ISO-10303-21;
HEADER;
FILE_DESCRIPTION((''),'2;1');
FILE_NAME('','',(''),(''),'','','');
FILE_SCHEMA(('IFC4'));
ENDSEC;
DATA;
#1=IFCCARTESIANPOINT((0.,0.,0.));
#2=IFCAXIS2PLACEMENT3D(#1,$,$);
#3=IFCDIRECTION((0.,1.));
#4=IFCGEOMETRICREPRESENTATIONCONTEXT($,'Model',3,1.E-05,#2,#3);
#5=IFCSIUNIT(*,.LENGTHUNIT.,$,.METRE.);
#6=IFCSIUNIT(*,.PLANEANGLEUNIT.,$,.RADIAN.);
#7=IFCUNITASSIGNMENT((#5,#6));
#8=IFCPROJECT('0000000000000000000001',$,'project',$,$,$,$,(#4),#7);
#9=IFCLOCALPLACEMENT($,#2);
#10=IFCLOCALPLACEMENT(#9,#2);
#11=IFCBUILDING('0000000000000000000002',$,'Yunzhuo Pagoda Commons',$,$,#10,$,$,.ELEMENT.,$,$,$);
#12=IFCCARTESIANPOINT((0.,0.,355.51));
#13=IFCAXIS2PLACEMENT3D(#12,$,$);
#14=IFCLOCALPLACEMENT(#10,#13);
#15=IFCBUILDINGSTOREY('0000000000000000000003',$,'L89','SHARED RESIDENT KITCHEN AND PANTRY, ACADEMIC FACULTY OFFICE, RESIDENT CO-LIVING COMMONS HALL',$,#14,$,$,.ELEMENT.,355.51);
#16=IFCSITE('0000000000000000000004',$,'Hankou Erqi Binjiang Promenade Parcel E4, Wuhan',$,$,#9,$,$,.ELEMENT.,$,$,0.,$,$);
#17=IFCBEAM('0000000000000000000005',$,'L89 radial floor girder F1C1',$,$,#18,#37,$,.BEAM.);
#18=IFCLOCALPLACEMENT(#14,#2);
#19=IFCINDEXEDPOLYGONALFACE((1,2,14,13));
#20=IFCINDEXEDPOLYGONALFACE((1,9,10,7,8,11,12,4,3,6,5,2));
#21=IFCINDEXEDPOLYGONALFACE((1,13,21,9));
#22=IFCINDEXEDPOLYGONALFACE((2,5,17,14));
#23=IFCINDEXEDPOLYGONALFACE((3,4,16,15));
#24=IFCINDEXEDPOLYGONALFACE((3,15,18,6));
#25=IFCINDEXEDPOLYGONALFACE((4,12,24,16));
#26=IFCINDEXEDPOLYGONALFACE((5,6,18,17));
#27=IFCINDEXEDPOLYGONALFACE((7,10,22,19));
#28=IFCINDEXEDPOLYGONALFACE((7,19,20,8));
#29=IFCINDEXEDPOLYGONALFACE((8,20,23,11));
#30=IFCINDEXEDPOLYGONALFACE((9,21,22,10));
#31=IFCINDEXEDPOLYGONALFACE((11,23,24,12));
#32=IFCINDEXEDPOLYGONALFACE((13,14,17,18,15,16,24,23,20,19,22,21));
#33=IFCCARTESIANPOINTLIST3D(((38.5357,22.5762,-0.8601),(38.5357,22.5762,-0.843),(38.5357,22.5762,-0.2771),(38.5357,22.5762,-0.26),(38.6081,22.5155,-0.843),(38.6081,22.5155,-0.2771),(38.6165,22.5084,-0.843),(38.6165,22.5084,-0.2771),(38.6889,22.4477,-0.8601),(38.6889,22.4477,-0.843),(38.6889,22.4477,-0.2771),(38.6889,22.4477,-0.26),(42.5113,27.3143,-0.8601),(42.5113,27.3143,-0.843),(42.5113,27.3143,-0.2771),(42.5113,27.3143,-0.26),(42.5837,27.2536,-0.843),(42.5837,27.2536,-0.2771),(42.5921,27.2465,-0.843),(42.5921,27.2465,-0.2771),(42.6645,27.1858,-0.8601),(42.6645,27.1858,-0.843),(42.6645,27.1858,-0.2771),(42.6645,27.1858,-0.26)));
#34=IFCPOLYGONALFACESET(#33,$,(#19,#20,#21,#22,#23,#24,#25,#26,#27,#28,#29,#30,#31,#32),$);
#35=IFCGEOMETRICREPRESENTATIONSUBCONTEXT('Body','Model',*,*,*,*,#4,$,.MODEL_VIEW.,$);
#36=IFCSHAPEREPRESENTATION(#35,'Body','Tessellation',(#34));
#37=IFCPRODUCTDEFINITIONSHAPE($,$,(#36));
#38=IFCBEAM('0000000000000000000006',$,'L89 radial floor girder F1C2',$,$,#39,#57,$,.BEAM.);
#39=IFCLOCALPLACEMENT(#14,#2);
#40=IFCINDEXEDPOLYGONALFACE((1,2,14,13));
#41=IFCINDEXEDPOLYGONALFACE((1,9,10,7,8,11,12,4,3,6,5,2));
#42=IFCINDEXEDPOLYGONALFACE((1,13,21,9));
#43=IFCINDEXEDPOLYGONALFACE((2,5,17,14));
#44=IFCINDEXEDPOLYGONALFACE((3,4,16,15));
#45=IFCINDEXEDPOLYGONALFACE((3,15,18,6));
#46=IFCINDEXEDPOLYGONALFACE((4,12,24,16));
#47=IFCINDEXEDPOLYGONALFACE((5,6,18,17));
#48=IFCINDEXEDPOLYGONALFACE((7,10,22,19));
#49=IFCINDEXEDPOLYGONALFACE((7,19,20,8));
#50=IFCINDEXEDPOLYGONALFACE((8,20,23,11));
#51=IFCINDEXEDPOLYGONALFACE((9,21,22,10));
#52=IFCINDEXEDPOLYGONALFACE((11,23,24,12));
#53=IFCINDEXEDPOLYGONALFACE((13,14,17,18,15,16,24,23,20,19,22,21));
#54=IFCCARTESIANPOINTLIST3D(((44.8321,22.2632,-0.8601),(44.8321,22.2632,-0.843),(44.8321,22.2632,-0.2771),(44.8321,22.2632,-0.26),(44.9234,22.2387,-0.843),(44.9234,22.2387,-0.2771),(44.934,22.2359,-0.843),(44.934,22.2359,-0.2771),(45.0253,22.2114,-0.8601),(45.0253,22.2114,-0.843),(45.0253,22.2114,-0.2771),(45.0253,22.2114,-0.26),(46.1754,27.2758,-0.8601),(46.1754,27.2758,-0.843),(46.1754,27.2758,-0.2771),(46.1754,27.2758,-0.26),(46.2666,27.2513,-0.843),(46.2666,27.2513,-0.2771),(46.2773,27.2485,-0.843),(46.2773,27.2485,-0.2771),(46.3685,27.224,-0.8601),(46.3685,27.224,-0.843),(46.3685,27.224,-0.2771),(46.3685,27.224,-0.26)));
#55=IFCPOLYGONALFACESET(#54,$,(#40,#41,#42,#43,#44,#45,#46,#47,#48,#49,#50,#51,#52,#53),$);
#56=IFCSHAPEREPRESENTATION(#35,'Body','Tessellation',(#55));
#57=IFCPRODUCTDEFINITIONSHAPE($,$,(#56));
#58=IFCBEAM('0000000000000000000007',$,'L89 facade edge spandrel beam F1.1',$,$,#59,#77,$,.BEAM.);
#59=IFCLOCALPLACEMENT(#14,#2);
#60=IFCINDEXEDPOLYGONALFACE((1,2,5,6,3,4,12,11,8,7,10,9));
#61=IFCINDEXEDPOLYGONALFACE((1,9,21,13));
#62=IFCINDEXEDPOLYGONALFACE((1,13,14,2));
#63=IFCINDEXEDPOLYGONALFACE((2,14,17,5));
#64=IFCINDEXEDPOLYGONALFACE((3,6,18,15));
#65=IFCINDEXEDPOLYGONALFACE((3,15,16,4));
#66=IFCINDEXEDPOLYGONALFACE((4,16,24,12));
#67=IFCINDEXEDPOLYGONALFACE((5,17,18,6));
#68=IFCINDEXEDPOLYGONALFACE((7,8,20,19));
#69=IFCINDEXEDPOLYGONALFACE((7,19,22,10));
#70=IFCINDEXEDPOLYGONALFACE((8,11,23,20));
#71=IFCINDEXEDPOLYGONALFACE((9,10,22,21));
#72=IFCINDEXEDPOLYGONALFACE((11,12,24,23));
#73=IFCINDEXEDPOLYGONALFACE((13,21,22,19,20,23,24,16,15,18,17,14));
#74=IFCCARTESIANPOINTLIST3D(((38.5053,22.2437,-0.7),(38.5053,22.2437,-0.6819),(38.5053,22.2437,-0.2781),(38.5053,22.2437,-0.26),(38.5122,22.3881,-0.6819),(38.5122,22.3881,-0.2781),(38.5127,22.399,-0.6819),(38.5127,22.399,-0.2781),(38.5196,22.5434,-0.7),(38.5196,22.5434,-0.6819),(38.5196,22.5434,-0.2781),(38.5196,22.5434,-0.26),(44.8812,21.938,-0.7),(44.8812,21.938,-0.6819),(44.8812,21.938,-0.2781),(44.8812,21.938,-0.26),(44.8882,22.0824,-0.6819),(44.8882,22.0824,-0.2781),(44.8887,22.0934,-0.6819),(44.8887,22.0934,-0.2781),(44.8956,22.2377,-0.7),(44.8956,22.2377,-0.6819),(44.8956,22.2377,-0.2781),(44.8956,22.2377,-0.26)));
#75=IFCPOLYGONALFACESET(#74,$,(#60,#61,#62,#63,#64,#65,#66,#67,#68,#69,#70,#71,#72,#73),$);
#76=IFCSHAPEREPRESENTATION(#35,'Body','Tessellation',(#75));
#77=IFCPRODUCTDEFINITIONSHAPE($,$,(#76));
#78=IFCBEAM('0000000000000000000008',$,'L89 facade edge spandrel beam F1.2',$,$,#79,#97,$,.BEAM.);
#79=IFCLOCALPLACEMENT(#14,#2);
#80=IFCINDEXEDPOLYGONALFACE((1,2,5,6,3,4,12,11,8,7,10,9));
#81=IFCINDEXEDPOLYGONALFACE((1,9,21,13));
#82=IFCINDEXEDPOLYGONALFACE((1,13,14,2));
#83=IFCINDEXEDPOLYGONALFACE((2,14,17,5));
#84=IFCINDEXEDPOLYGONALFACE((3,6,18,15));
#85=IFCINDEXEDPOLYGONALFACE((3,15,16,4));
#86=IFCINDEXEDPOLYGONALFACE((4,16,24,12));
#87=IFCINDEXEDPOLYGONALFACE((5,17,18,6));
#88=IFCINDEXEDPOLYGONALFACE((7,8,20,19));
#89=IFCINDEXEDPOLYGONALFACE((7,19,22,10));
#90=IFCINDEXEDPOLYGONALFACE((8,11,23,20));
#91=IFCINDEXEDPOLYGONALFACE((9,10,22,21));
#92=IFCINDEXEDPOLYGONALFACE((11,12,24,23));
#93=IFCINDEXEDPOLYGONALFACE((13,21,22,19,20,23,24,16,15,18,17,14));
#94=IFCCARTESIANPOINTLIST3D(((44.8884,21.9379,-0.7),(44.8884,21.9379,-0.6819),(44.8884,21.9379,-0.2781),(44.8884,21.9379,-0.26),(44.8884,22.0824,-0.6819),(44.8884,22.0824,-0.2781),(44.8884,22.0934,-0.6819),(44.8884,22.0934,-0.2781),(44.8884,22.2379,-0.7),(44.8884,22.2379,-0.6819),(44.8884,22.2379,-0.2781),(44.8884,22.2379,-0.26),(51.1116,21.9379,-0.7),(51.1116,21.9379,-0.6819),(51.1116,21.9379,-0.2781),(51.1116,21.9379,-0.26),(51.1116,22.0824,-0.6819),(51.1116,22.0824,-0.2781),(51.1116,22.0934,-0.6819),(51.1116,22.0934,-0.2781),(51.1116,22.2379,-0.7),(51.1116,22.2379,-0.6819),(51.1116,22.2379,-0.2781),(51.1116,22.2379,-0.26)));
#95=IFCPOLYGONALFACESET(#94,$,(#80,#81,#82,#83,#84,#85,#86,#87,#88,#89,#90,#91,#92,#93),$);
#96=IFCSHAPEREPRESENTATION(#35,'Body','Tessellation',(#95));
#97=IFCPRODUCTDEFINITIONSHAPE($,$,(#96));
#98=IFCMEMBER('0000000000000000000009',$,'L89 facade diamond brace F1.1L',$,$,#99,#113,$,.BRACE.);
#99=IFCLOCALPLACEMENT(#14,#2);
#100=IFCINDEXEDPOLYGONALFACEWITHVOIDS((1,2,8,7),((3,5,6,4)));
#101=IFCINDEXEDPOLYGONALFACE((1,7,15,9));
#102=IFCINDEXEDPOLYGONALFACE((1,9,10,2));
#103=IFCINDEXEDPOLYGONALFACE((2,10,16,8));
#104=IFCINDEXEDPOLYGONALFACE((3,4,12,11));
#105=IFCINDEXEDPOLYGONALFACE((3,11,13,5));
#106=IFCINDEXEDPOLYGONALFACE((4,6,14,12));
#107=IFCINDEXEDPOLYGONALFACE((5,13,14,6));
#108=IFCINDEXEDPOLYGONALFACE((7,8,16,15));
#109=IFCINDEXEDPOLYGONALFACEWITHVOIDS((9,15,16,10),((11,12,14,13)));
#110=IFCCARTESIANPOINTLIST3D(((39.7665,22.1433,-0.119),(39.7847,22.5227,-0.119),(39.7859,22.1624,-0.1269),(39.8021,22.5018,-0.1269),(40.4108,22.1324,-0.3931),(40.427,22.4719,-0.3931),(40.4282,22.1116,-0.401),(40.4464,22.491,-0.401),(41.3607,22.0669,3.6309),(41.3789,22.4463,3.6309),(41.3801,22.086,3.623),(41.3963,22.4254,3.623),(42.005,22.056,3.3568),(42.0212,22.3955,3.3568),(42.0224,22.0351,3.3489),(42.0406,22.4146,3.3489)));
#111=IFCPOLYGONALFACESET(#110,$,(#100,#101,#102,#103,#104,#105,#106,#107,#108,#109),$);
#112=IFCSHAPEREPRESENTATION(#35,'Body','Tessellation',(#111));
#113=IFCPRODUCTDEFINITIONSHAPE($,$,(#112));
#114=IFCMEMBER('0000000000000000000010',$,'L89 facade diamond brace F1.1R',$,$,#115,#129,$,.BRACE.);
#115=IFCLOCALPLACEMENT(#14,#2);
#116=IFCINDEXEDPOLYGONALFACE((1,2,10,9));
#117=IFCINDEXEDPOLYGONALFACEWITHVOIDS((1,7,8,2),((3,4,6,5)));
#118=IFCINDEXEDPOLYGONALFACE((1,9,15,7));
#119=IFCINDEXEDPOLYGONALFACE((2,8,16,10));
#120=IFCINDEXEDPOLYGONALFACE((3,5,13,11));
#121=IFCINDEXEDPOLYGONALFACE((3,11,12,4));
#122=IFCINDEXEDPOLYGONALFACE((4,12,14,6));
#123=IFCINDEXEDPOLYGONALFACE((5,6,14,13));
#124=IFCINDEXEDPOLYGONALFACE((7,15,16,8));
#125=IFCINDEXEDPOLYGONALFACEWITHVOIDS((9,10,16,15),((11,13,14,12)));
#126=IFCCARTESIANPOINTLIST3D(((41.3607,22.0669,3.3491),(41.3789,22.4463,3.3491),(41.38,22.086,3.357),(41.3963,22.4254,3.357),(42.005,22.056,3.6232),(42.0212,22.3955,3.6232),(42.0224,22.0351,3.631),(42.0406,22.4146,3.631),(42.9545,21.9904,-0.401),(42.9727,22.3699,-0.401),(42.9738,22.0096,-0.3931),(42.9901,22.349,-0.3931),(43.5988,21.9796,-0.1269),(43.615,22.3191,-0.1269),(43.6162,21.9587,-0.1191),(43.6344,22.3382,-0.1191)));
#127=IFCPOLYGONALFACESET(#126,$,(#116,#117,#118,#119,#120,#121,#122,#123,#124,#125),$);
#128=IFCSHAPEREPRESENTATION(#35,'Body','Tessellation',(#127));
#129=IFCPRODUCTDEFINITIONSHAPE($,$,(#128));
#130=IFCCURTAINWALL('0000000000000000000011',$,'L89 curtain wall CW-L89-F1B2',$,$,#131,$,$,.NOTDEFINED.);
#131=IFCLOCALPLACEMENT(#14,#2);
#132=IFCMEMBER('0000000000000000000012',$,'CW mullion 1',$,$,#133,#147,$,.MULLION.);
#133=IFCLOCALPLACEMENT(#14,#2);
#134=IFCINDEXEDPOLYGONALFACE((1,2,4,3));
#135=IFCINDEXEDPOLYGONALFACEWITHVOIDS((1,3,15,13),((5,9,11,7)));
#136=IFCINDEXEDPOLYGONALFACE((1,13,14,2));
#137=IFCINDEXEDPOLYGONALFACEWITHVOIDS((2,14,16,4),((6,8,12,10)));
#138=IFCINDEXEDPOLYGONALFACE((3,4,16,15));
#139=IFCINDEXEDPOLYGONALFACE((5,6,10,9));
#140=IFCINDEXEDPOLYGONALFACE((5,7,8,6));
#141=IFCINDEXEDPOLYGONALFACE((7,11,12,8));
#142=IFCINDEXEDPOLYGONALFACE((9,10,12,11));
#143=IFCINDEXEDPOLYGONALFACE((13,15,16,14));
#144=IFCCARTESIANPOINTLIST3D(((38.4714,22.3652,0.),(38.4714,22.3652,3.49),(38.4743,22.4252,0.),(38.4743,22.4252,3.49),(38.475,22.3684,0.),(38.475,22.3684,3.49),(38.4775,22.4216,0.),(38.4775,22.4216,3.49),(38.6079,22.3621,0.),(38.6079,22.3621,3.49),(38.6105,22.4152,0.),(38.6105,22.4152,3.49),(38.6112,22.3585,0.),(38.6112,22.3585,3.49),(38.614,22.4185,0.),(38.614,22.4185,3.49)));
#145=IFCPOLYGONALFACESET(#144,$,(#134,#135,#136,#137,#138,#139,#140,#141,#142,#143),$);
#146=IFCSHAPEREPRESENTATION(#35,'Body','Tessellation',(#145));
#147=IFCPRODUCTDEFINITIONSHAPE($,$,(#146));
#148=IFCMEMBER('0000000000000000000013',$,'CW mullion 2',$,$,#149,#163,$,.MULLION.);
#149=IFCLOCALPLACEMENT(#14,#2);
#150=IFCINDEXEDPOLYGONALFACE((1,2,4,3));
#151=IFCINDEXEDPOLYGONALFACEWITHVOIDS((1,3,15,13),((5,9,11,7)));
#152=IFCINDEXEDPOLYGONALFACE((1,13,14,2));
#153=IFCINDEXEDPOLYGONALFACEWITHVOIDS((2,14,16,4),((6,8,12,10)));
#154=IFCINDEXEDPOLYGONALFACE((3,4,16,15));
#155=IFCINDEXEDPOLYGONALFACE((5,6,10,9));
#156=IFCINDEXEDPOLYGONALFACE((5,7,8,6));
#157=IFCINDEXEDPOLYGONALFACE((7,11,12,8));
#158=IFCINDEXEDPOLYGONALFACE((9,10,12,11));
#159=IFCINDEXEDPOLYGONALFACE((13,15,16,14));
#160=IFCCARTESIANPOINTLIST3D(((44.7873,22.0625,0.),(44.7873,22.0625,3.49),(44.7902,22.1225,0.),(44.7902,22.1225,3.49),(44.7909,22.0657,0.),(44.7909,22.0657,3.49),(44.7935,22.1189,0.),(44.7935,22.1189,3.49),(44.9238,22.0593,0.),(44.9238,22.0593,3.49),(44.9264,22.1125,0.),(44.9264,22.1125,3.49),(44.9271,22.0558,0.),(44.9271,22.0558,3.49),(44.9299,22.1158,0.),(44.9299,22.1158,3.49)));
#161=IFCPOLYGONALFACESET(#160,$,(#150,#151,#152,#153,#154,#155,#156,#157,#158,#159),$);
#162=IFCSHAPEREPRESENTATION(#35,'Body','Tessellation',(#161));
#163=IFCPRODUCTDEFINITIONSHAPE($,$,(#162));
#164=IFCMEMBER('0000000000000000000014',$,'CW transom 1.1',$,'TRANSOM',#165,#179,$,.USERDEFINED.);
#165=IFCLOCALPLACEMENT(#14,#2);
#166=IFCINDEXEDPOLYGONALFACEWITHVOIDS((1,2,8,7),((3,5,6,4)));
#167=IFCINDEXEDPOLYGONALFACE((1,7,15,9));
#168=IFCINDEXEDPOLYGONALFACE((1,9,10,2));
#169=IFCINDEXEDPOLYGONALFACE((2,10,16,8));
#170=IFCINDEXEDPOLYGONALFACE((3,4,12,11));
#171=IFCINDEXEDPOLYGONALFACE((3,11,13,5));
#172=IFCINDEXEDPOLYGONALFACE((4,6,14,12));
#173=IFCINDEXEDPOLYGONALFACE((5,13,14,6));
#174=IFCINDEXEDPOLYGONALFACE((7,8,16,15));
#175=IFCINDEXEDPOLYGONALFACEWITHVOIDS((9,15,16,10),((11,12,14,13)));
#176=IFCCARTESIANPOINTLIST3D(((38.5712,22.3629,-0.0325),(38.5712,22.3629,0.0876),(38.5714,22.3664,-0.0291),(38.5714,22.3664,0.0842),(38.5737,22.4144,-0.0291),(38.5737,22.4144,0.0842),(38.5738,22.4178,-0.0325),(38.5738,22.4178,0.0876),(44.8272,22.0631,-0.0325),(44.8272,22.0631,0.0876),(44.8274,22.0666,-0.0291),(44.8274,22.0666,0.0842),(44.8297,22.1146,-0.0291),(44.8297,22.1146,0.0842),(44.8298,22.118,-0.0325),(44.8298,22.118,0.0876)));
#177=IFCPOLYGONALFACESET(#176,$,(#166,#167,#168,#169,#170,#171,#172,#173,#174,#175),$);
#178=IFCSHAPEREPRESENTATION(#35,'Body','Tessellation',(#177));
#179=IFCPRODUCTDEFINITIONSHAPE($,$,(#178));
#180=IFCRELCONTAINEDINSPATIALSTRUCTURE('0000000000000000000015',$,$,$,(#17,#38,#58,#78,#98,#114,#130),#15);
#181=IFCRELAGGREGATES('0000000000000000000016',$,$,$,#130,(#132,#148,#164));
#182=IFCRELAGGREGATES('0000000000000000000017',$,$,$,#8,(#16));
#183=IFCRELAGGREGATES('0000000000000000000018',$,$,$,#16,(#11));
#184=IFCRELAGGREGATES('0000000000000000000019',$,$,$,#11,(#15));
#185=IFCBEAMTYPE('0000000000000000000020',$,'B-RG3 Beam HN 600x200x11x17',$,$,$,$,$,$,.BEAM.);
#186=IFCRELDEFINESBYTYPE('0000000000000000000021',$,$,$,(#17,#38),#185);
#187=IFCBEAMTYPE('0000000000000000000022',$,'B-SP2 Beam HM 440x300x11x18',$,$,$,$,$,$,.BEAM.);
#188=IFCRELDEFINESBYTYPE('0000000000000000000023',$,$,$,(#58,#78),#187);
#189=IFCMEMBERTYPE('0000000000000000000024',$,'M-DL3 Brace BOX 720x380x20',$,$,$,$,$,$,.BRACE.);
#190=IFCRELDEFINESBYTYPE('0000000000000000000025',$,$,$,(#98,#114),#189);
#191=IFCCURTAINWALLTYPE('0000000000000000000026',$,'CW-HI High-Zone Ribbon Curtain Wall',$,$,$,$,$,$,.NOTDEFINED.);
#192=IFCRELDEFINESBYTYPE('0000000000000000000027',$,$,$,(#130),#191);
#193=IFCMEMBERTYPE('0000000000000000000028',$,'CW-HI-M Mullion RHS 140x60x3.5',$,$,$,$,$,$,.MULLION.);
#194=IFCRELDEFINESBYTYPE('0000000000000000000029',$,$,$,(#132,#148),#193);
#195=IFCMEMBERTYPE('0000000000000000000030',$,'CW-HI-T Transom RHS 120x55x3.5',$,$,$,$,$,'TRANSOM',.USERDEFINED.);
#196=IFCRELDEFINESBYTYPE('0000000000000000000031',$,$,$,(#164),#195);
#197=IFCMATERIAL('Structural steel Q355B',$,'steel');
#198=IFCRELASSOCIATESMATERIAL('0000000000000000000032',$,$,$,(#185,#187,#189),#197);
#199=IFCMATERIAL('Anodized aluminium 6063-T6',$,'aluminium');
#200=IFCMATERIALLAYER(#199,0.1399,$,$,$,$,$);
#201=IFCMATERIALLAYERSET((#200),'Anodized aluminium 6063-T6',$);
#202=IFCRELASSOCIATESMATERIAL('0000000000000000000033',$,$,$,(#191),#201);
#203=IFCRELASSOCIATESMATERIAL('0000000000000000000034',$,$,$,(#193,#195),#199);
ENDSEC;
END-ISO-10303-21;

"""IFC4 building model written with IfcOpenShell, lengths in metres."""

from ifc_helpers import new_model, si_unit, direction, frame, origin, origin_2d, place, context, subcontext, project, spatial, hollow_rectangle, i_section, extrude, source, transform, mapped, material, layer, layer_set, material_profile, profile_set, type_object, element, aggregate, save


model = new_model("IFC4")

# Units and contexts
model_context = context("Model", 3, precision=1e-05, world=origin(), true_north=direction((0.0, 1.0)))
body_context = subcontext(model_context, "Body", "Model", "MODEL_VIEW")
ifc_project = project(units=[si_unit("LENGTHUNIT", "METRE"), si_unit("PLANEANGLEUNIT", "RADIAN")], contexts=[model_context])

# Site, building, storey
site_placement = place(None, origin())
site = spatial("IfcSite", under=ifc_project, at=site_placement, Name="Hankou Erqi Binjiang Promenade Parcel E4, Wuhan", CompositionType="ELEMENT", RefElevation=0.0)
building_placement = place(site_placement, origin())
building = spatial("IfcBuilding", under=site, at=building_placement, Name="Yunzhuo Pagoda Commons", CompositionType="ELEMENT")
storey_placement = place(building_placement, frame((0.0, 0.0, 355.51)))
storey = spatial("IfcBuildingStorey", under=building, at=storey_placement, Name="L89", Description="SHARED RESIDENT KITCHEN AND PANTRY, ACADEMIC FACULTY OFFICE, RESIDENT CO-LIVING COMMONS HALL", CompositionType="ELEMENT", Elevation=355.51)

# Beams
ifc_material_1 = material(Name="Structural steel Q355B", Category="steel")
ifc_material_profile_1 = material_profile(ifc_material_1, i_section(OverallWidth=0.2, OverallDepth=0.6001, WebThickness=0.011, FlangeThickness=0.0171, at=origin_2d()), Name="Structural steel Q355B")
ifc_profile_set_1 = profile_set([ifc_material_profile_1], Name="Structural steel Q355B")
beam_type_1 = type_object("IfcBeamType", Name="B-RG3 Beam HN 600x200x11x17", PredefinedType="BEAM", material=ifc_profile_set_1)
shared_shape_1 = source(origin(), body_context, "Body", "SweptSolid", [
    extrude(i_section(OverallWidth=0.2, OverallDepth=0.6001, WebThickness=0.011, FlangeThickness=0.0171, at=origin_2d()), origin(), (0.0, 0.0, 1.0), 6.1851),
])
beam_1_placement = place(storey_placement, frame((38.6123, 22.512, -0.5601), z_axis=(0.642778, 0.766052, 0.0), x_axis=(-0.766052, 0.642778, 0.0)))
element("IfcBeam", 1, at=beam_1_placement, inside=storey, type_object=beam_type_1, Name="L89 radial floor girder F1C1", PredefinedType="BEAM", context=body_context, shape_type="MappedRepresentation", body=[
    mapped(shared_shape_1, transform((0.0, 0.0, 0.0), scale=1.0)),
])
shared_shape_2 = source(origin(), body_context, "Body", "SweptSolid", [
    extrude(i_section(OverallWidth=0.2, OverallDepth=0.6001, WebThickness=0.011, FlangeThickness=0.0171, at=origin_2d()), origin(), (0.0, 0.0, 1.0), 5.1895),
])
beam_2_placement = place(storey_placement, frame((44.9287, 22.2373, -0.5601), z_axis=(0.25884, 0.96592, 0.0), x_axis=(-0.96592, 0.25884, 0.0)))
element("IfcBeam", 2, at=beam_2_placement, inside=storey, type_object=beam_type_1, Name="L89 radial floor girder F1C2", PredefinedType="BEAM", context=body_context, shape_type="MappedRepresentation", body=[
    mapped(shared_shape_2, transform((0.0, 0.0, 0.0), scale=1.0)),
])
ifc_material_profile_2 = material_profile(ifc_material_1, i_section(OverallWidth=0.3, OverallDepth=0.4399, WebThickness=0.011, FlangeThickness=0.0181, at=origin_2d()), Name="Structural steel Q355B")
ifc_profile_set_2 = profile_set([ifc_material_profile_2], Name="Structural steel Q355B")
beam_type_2 = type_object("IfcBeamType", Name="B-SP2 Beam HM 440x300x11x18", PredefinedType="BEAM", material=ifc_profile_set_2)
shared_shape_3 = source(origin(), body_context, "Body", "SweptSolid", [
    extrude(i_section(OverallWidth=0.3, OverallDepth=0.4399, WebThickness=0.011, FlangeThickness=0.0181, at=origin_2d()), origin(), (0.0, 0.0, 1.0), 6.3833),
])
beam_3_placement = place(storey_placement, frame((38.5125, 22.3936, -0.48), z_axis=(0.998853, -0.047885, 0.0), x_axis=(0.047885, 0.998853, 0.0)))
element("IfcBeam", 3, at=beam_3_placement, inside=storey, type_object=beam_type_2, Name="L89 facade edge spandrel beam F1.1", PredefinedType="BEAM", context=body_context, shape_type="MappedRepresentation", body=[
    mapped(shared_shape_3, transform((0.0, 0.0, 0.0), scale=1.0)),
])
shared_shape_4 = source(origin(), body_context, "Body", "SweptSolid", [
    extrude(i_section(OverallWidth=0.3, OverallDepth=0.4399, WebThickness=0.011, FlangeThickness=0.0181, at=origin_2d()), origin(), (0.0, 0.0, 1.0), 6.2231),
])
beam_4_placement = place(storey_placement, frame((44.8884, 22.0879, -0.48), z_axis=(1.0, 0.0, 0.0), x_axis=(0.0, 1.0, 0.0)))
element("IfcBeam", 4, at=beam_4_placement, inside=storey, type_object=beam_type_2, Name="L89 facade edge spandrel beam F1.2", PredefinedType="BEAM", context=body_context, shape_type="MappedRepresentation", body=[
    mapped(shared_shape_4, transform((0.0, 0.0, 0.0), scale=1.0)),
])

# Members
ifc_material_profile_3 = material_profile(ifc_material_1, hollow_rectangle(XDim=0.3799, YDim=0.72, WallThickness=0.02, at=origin_2d()), Name="Structural steel Q355B")
ifc_profile_set_3 = profile_set([ifc_material_profile_3], Name="Structural steel Q355B")
member_type_1 = type_object("IfcMemberType", Name="M-DL3 Brace BOX 720x380x20", PredefinedType="BRACE", material=ifc_profile_set_3)
shared_shape_5 = source(origin(), body_context, "Body", "SweptSolid", [
    extrude(hollow_rectangle(XDim=0.3799, YDim=0.72, WallThickness=0.02, at=origin_2d()), origin(), (0.0, 0.0, 1.0), 4.0754),
])
for number, where, z_axis, x_axis, name in (
    (5, (40.1064, 22.3171, -0.26), (0.391173, -0.01875, 0.920126), (0.047878, 0.998853, 0.0), "L89 facade diamond brace F1.1L"),
    (6, (43.2944, 22.1643, -0.26), (-0.391072, 0.018751, 0.920169), (-0.047892, -0.998853, 0.0), "L89 facade diamond brace F1.1R"),
):
    element("IfcMember", number, at=place(storey_placement, frame(where, z_axis=z_axis, x_axis=x_axis)), inside=storey, type_object=member_type_1, Name=name, PredefinedType="BRACE", context=body_context, shape_type="MappedRepresentation", body=[
        mapped(shared_shape_5, transform((0.0, 0.0, 0.0), scale=1.0)),
    ])

# Curtain wall, members
ifc_material_2 = material(Name="Anodized aluminium 6063-T6", Category="aluminium")
ifc_layer_1 = layer(ifc_material_2, 0.1399)
ifc_layer_set_1 = layer_set([ifc_layer_1], Name="Anodized aluminium 6063-T6")
curtain_wall_type = type_object("IfcCurtainWallType", Name="CW-HI High-Zone Ribbon Curtain Wall", PredefinedType="NOTDEFINED", material=ifc_layer_set_1)
curtain_wall_1_placement = place(storey_placement, origin())
curtain_wall_1 = element("IfcCurtainWall", 7, at=curtain_wall_1_placement, inside=storey, type_object=curtain_wall_type, Name="L89 curtain wall CW-L89-F1B2", PredefinedType="NOTDEFINED")
ifc_material_profile_4 = material_profile(ifc_material_2, hollow_rectangle(XDim=0.0601, YDim=0.1399, WallThickness=0.0034, at=origin_2d()), Name="Anodized aluminium 6063-T6")
ifc_profile_set_4 = profile_set([ifc_material_profile_4], Name="Anodized aluminium 6063-T6")
member_type_2 = type_object("IfcMemberType", Name="CW-HI-M Mullion RHS 140x60x3.5", PredefinedType="MULLION", material=ifc_profile_set_4)
shared_shape_6 = source(origin(), body_context, "Body", "SweptSolid", [
    extrude(hollow_rectangle(XDim=0.0601, YDim=0.1399, WallThickness=0.0034, at=origin_2d()), origin(), (0.0, 0.0, 1.0), 3.49),
])
member_1_placement = place(storey_placement, frame((38.5427, 22.3918, 0.0), z_axis=(0.0, 0.0, 1.0), x_axis=(0.047859, 0.998854, 0.0)))
member_1 = element("IfcMember", 8, at=member_1_placement, type_object=member_type_2, Name="CW mullion 1", PredefinedType="MULLION", context=body_context, shape_type="MappedRepresentation", body=[
    mapped(shared_shape_6, transform((0.0, 0.0, 0.0), scale=1.0)),
])
member_2_placement = place(storey_placement, frame((44.8586, 22.0891, 0.0), z_axis=(0.0, 0.0, 1.0), x_axis=(0.047859, 0.998854, 0.0)))
member_2 = element("IfcMember", 9, at=member_2_placement, type_object=member_type_2, Name="CW mullion 2", PredefinedType="MULLION", context=body_context, shape_type="MappedRepresentation", body=[
    mapped(shared_shape_6, transform((0.0, 0.0, 0.0), scale=1.0)),
])
ifc_material_profile_5 = material_profile(ifc_material_2, hollow_rectangle(XDim=0.0549, YDim=0.1201, WallThickness=0.0034, at=origin_2d()), Name="Anodized aluminium 6063-T6")
ifc_profile_set_5 = profile_set([ifc_material_profile_5], Name="Anodized aluminium 6063-T6")
member_type_3 = type_object("IfcMemberType", Name="CW-HI-T Transom RHS 120x55x3.5", ElementType="TRANSOM", PredefinedType="USERDEFINED", material=ifc_profile_set_5)
shared_shape_7 = source(origin(), body_context, "Body", "SweptSolid", [
    extrude(hollow_rectangle(XDim=0.0549, YDim=0.1201, WallThickness=0.0034, at=origin_2d()), origin(), (0.0, 0.0, 1.0), 6.2632),
])
member_3_placement = place(storey_placement, frame((38.5725, 22.3904, 0.0276), z_axis=(0.998854, -0.047867, 0.0), x_axis=(0.047867, 0.998854, 0.0)))
member_3 = element("IfcMember", 10, at=member_3_placement, type_object=member_type_3, Name="CW transom 1.1", ObjectType="TRANSOM", PredefinedType="USERDEFINED", context=body_context, shape_type="MappedRepresentation", body=[
    mapped(shared_shape_7, transform((0.0, 0.0, 0.0), scale=1.0)),
])

aggregate(curtain_wall_1, [member_1, member_2, member_3])

save(model, "model.ifc")
